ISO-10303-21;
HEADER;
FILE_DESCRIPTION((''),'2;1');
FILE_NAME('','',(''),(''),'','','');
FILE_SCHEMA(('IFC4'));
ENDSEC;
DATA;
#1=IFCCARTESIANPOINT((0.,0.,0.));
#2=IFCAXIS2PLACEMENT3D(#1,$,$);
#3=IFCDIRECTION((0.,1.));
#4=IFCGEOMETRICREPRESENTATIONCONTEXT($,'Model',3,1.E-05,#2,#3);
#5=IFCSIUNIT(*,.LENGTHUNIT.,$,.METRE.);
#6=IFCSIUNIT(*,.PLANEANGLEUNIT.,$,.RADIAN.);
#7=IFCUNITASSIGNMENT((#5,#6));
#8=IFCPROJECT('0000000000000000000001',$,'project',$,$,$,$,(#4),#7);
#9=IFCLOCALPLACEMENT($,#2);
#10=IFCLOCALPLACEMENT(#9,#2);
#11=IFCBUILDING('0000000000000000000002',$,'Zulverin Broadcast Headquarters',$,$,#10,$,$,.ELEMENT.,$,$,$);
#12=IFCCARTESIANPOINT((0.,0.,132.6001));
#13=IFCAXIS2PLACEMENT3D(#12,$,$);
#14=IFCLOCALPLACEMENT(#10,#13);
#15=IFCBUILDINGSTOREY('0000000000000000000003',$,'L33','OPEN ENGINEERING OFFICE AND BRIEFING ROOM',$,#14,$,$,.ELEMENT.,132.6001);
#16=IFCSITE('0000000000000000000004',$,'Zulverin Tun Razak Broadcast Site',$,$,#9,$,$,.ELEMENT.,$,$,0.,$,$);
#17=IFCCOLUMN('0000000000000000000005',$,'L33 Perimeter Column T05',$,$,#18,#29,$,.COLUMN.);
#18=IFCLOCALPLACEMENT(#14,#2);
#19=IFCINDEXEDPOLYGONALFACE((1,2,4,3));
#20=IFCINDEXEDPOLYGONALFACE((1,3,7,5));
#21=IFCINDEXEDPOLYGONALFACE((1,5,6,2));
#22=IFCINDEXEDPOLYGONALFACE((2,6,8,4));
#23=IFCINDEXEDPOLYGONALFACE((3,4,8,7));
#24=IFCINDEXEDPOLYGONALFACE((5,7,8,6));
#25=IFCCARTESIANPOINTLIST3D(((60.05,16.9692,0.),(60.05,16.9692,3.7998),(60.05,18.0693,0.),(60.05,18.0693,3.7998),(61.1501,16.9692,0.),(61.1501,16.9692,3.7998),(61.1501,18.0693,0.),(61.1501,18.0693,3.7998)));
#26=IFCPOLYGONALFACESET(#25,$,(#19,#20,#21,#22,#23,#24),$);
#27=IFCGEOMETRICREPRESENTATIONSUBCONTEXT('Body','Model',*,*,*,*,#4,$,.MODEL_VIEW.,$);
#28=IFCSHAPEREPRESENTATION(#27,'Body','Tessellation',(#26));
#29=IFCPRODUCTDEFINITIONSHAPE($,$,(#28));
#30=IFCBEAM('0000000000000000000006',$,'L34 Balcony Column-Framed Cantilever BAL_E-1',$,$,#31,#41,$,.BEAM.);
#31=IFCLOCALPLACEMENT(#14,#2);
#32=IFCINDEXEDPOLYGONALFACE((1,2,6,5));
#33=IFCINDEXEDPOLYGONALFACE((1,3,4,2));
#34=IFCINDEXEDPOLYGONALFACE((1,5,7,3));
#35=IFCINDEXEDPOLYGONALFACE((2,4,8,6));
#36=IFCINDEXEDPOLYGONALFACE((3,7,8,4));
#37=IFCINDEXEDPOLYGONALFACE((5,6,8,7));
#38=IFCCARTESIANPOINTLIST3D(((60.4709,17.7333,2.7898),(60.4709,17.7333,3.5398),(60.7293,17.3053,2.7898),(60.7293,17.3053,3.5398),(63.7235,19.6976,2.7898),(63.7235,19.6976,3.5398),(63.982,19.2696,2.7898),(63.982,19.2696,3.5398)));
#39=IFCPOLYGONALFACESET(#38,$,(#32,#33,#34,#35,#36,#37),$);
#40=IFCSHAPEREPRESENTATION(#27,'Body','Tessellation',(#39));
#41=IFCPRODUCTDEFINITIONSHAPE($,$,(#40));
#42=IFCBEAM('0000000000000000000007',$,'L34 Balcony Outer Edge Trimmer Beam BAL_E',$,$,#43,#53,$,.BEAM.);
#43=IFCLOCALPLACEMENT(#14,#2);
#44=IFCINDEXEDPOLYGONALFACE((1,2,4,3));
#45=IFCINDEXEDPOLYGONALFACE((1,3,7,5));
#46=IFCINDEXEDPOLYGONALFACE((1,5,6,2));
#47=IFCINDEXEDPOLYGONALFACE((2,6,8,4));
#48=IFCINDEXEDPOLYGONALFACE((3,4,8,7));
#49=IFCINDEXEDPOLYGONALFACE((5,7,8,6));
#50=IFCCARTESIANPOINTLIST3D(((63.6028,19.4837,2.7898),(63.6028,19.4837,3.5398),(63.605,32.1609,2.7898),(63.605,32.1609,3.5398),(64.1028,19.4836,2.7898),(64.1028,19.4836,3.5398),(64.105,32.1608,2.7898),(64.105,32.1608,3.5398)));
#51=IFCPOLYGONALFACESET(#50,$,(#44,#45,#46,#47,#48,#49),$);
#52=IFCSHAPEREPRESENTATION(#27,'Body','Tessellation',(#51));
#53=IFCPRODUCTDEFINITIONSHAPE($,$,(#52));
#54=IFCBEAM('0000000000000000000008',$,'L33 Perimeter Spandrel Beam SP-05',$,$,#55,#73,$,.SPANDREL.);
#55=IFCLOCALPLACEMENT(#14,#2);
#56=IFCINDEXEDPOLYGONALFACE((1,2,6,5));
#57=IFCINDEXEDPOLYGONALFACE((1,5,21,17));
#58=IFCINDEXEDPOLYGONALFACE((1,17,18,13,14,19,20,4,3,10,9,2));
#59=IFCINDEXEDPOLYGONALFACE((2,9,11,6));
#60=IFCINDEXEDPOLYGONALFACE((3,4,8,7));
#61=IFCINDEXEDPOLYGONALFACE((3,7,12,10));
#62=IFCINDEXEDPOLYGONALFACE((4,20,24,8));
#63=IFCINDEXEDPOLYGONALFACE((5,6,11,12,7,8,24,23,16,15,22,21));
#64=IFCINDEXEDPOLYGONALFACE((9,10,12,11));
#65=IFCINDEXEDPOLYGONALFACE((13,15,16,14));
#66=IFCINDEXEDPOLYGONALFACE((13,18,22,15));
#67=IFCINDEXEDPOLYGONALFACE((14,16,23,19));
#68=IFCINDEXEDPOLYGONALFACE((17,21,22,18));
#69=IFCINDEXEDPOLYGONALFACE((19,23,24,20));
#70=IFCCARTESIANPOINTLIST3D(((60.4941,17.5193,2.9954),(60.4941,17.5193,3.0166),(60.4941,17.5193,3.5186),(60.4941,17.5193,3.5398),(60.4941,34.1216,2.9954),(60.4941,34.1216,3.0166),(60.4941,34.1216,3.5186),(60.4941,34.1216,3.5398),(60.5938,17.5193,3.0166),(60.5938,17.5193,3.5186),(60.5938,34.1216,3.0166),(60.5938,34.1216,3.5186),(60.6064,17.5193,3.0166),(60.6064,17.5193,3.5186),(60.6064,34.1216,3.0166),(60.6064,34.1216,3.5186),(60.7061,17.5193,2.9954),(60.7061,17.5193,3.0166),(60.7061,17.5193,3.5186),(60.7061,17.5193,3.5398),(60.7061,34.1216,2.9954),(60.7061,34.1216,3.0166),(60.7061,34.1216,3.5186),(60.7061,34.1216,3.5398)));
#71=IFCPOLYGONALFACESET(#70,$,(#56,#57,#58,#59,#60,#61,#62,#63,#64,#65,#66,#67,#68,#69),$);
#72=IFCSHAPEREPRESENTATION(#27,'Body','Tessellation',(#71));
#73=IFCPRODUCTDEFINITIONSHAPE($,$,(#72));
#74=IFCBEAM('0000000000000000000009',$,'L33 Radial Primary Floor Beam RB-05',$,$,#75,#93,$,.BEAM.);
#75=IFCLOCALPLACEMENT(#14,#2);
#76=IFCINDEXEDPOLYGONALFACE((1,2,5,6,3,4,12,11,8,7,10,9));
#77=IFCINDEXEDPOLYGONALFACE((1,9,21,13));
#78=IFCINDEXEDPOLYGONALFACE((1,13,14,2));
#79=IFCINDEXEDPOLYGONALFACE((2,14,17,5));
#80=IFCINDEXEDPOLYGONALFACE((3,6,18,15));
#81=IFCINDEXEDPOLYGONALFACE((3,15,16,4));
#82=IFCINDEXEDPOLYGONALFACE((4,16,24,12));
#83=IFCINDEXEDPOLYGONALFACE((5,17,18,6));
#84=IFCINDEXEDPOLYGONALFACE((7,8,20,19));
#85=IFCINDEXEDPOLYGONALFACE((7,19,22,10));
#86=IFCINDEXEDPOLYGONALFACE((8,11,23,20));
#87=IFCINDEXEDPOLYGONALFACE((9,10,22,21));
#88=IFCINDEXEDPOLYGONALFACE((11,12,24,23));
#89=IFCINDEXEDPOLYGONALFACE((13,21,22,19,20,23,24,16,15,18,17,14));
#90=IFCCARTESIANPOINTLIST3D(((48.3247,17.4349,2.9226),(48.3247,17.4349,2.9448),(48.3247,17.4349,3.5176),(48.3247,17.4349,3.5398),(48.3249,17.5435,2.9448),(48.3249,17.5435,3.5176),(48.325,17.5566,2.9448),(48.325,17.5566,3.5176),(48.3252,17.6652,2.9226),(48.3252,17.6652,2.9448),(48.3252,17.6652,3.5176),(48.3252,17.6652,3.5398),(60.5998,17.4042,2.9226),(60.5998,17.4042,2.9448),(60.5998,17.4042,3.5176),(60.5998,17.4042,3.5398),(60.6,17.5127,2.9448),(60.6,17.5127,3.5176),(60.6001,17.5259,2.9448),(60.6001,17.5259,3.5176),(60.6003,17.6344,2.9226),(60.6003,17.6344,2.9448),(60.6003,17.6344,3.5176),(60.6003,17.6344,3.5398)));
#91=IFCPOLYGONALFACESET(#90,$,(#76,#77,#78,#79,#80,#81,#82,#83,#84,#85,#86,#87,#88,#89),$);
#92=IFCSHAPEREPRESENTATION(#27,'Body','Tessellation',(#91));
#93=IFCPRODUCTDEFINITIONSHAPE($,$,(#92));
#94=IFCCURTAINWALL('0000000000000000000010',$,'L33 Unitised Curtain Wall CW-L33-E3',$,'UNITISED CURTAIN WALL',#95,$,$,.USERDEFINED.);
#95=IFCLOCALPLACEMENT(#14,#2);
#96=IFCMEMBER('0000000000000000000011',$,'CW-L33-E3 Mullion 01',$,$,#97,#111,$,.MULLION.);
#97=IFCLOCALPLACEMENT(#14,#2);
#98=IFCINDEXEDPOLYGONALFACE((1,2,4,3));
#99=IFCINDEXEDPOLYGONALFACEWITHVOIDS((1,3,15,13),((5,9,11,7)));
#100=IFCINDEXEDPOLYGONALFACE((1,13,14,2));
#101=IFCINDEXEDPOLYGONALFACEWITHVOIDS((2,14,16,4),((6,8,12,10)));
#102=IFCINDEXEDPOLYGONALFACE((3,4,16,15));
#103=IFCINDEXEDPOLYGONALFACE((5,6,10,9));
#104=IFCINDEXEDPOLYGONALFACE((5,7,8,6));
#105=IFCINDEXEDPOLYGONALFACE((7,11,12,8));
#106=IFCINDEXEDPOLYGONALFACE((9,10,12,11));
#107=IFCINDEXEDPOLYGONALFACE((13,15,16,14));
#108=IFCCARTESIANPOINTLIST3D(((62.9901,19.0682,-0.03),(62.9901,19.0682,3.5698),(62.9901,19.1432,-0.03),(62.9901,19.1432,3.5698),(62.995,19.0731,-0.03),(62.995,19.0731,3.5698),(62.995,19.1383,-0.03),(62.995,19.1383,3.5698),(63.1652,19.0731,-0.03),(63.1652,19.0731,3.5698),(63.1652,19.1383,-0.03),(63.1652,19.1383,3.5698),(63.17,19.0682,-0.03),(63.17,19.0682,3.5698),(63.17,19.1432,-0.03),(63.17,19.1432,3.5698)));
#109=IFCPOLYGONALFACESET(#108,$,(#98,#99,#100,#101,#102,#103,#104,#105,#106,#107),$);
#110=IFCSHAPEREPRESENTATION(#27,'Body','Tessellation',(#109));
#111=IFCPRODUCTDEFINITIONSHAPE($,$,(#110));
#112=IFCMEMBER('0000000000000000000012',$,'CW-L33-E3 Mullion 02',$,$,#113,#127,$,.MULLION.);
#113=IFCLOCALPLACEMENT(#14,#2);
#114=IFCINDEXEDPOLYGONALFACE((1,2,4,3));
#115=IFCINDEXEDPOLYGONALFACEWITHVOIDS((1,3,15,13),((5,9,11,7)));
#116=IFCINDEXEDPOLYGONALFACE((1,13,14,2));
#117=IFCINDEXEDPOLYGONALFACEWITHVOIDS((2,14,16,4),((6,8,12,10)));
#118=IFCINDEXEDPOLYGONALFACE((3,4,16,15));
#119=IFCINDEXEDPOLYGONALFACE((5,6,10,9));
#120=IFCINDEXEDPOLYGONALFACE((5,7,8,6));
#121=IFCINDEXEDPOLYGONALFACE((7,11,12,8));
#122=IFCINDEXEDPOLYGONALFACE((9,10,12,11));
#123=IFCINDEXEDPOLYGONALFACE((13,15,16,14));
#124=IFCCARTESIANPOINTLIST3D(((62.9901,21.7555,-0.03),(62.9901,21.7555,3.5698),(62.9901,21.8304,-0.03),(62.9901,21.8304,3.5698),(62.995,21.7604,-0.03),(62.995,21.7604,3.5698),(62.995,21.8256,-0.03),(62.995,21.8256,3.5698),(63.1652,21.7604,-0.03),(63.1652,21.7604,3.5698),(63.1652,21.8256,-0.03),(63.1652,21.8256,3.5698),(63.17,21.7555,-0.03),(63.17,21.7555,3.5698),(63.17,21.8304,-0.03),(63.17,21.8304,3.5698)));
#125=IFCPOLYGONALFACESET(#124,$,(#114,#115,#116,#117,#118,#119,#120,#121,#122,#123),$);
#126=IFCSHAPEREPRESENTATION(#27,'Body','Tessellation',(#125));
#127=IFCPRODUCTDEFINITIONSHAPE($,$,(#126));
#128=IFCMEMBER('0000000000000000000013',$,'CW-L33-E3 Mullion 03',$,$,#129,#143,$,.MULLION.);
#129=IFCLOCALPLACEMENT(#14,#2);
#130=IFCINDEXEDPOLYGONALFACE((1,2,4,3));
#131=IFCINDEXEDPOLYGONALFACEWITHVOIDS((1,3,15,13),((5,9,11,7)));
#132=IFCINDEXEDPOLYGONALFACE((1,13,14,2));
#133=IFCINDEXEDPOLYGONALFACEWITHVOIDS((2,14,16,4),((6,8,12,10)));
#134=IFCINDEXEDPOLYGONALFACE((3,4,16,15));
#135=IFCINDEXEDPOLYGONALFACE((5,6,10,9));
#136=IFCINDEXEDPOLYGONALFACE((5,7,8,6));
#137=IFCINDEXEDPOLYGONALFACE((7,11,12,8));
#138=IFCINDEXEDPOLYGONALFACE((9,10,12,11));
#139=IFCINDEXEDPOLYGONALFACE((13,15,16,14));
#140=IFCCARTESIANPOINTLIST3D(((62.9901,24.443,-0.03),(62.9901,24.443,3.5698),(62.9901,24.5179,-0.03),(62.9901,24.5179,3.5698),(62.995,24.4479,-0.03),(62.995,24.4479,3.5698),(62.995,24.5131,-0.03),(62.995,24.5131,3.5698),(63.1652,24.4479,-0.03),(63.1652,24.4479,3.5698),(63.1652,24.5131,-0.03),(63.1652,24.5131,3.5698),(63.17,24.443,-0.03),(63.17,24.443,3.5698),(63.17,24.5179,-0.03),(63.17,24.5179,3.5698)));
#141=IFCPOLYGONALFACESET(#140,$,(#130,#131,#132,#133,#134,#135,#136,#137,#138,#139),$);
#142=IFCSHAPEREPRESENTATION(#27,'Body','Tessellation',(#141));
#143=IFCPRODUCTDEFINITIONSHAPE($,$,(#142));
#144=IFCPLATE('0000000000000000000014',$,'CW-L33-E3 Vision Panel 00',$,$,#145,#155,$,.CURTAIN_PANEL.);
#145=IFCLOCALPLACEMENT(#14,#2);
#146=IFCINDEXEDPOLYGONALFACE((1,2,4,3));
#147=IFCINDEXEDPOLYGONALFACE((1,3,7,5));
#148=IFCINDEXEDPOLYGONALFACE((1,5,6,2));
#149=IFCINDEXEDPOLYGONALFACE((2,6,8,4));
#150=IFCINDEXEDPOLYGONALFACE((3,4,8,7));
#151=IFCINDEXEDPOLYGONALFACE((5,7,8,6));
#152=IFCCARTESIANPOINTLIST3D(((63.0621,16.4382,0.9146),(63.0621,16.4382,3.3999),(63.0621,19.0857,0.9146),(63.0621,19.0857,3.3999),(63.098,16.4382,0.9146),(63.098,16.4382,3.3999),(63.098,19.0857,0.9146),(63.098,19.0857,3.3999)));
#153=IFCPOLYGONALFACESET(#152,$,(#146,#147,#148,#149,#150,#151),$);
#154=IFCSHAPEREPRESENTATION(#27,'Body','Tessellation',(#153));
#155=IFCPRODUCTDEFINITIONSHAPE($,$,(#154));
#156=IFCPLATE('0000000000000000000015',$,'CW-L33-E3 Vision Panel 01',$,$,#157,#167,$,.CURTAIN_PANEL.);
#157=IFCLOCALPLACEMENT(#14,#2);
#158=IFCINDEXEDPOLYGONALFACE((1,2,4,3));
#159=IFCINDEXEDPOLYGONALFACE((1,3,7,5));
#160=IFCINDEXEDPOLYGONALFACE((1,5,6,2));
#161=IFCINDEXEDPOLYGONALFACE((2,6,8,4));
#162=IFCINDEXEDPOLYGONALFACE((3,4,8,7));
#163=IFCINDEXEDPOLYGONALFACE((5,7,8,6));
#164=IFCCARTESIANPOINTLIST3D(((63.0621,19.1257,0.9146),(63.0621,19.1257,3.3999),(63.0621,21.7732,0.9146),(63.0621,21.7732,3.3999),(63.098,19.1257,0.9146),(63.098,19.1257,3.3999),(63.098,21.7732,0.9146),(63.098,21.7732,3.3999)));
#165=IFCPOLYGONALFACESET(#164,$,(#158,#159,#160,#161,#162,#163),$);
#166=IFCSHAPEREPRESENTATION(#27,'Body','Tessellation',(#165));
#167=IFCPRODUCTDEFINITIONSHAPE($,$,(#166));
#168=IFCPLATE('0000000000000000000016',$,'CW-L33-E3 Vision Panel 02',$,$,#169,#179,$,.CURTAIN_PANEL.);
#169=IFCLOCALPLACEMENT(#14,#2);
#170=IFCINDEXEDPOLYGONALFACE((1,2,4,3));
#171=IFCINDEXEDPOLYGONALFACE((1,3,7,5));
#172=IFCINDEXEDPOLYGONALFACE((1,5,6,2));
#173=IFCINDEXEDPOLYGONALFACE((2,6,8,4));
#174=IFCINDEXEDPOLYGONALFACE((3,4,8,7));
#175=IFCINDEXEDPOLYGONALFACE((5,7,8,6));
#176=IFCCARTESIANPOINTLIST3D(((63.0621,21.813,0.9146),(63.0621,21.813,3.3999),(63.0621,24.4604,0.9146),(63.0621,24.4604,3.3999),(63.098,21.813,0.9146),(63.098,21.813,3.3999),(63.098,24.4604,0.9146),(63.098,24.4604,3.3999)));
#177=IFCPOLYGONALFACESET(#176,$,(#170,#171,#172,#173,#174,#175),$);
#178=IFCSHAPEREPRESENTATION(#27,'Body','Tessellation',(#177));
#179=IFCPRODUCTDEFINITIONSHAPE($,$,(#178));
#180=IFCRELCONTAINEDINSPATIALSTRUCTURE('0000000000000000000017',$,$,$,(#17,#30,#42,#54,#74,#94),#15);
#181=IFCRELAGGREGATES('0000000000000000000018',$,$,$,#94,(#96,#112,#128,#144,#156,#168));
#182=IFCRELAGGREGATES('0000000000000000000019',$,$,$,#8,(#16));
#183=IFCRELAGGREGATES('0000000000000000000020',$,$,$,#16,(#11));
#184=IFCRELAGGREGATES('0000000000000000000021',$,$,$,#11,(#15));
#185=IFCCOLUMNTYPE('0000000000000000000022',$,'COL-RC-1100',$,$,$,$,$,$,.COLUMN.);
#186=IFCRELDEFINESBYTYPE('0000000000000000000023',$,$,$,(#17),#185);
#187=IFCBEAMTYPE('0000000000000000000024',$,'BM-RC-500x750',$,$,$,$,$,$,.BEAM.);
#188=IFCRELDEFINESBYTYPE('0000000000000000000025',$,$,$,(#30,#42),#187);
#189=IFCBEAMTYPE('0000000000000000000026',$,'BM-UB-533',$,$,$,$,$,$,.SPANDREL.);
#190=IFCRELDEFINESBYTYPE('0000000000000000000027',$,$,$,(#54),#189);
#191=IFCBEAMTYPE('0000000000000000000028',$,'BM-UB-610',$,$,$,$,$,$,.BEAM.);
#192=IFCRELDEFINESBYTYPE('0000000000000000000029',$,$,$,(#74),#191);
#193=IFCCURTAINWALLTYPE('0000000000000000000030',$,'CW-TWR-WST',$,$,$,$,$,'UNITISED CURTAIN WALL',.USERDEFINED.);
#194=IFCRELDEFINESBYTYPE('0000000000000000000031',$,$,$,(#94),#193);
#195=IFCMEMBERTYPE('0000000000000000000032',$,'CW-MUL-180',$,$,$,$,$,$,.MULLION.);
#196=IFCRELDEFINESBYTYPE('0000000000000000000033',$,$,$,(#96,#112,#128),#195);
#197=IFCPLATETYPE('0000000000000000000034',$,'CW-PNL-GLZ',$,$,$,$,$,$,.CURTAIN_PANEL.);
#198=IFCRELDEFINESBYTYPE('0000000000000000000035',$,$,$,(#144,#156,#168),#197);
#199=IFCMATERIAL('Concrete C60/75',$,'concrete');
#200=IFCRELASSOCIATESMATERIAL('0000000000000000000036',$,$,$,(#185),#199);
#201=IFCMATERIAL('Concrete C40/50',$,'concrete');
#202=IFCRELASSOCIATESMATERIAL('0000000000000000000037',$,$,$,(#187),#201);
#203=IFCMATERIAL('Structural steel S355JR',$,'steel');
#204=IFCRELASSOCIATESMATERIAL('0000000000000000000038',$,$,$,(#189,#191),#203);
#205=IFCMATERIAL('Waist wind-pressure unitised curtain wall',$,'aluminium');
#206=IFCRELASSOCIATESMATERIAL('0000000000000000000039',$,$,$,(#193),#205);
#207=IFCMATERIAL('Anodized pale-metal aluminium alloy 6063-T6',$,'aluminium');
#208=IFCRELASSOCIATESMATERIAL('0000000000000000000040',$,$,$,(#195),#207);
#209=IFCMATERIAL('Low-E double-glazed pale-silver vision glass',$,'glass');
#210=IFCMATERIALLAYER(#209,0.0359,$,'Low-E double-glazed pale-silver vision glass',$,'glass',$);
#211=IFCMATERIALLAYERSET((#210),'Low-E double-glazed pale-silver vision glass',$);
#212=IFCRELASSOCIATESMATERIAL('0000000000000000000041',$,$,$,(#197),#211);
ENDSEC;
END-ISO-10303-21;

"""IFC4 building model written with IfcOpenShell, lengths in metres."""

from ifc_helpers import new_model, si_unit, direction, frame, origin, origin_2d, place, context, subcontext, project, spatial, rectangle, hollow_rectangle, i_section, extrude, material, layer, layer_set, material_profile, profile_set, type_object, element, aggregate, save


model = new_model("IFC4")

# Units and contexts
model_context = context("Model", 3, precision=1e-05, world=origin(), true_north=direction((0.0, 1.0)))
body_context = subcontext(model_context, "Body", "Model", "MODEL_VIEW")
ifc_project = project(units=[si_unit("LENGTHUNIT", "METRE"), si_unit("PLANEANGLEUNIT", "RADIAN")], contexts=[model_context])

# Site, building, storey
site_placement = place(None, origin())
site = spatial("IfcSite", under=ifc_project, at=site_placement, Name="Zulverin Tun Razak Broadcast Site", CompositionType="ELEMENT", RefElevation=0.0)
building_placement = place(site_placement, origin())
building = spatial("IfcBuilding", under=site, at=building_placement, Name="Zulverin Broadcast Headquarters", CompositionType="ELEMENT")
storey_placement = place(building_placement, frame((0.0, 0.0, 132.6001)))
storey = spatial("IfcBuildingStorey", under=building, at=storey_placement, Name="L33", Description="OPEN ENGINEERING OFFICE AND BRIEFING ROOM", CompositionType="ELEMENT", Elevation=132.6001)

# Column
ifc_material_1 = material(Name="Concrete C60/75", Category="concrete")
ifc_material_profile_1 = material_profile(ifc_material_1, rectangle(XDim=1.1001, YDim=1.1001, at=origin_2d()), Name="Concrete C60/75", Category="concrete")
ifc_profile_set_1 = profile_set([ifc_material_profile_1], Name="Concrete C60/75")
column_type = type_object("IfcColumnType", Name="COL-RC-1100", PredefinedType="COLUMN", material=ifc_profile_set_1)
column_placement = place(storey_placement, frame((60.6001, 17.5193, 0.0), z_axis=(0.0, 0.0, 1.0), x_axis=(1.0, 0.0, 0.0)))
element("IfcColumn", 1, at=column_placement, inside=storey, type_object=column_type, Name="L33 Perimeter Column T05", PredefinedType="COLUMN", context=body_context, shape_type="SweptSolid", body=[
    extrude(rectangle(XDim=1.1001, YDim=1.1001, at=origin_2d()), origin(), (0.0, 0.0, 1.0), 3.7998),
])

# Beams
ifc_material_2 = material(Name="Concrete C40/50", Category="concrete")
ifc_material_profile_2 = material_profile(ifc_material_2, rectangle(XDim=0.5, YDim=0.75, at=origin_2d()), Name="Concrete C40/50", Category="concrete")
ifc_profile_set_2 = profile_set([ifc_material_profile_2], Name="Concrete C40/50")
beam_type_1 = type_object("IfcBeamType", Name="BM-RC-500x750", PredefinedType="BEAM", material=ifc_profile_set_2)
beam_1_placement = place(storey_placement, frame((60.6001, 17.5193, 3.1648), z_axis=(0.85601, 0.51696, 0.0), x_axis=(-0.51696, 0.85601, 0.0)))
element("IfcBeam", 2, at=beam_1_placement, inside=storey, type_object=beam_type_1, Name="L34 Balcony Column-Framed Cantilever BAL_E-1", PredefinedType="BEAM", context=body_context, shape_type="SweptSolid", body=[
    extrude(rectangle(XDim=0.5, YDim=0.75, at=origin_2d()), origin(), (0.0, 0.0, 1.0), 3.7998),
])
beam_2_placement = place(storey_placement, frame((63.8528, 19.4836, 3.1648), z_axis=(0.000173, 1.0, 0.0), x_axis=(-1.0, 0.000173, 0.0)))
element("IfcBeam", 3, at=beam_2_placement, inside=storey, type_object=beam_type_1, Name="L34 Balcony Outer Edge Trimmer Beam BAL_E", PredefinedType="BEAM", context=body_context, shape_type="SweptSolid", body=[
    extrude(rectangle(XDim=0.5, YDim=0.75, at=origin_2d()), origin(), (0.0, 0.0, 1.0), 12.6772),
])
ifc_material_3 = material(Name="Structural steel S355JR", Category="steel")
ifc_material_profile_3 = material_profile(ifc_material_3, i_section(OverallWidth=0.2119, OverallDepth=0.5444, WebThickness=0.0127, FlangeThickness=0.0212, at=origin_2d()), Name="Structural steel S355JR", Category="steel")
ifc_profile_set_3 = profile_set([ifc_material_profile_3], Name="Structural steel S355JR")
beam_type_2 = type_object("IfcBeamType", Name="BM-UB-533", PredefinedType="SPANDREL", material=ifc_profile_set_3)
beam_3_placement = place(storey_placement, frame((60.6001, 17.5193, 3.2676), z_axis=(0.0, 1.0, 0.0), x_axis=(-1.0, 0.0, 0.0)))
element("IfcBeam", 4, at=beam_3_placement, inside=storey, type_object=beam_type_2, Name="L33 Perimeter Spandrel Beam SP-05", PredefinedType="SPANDREL", context=body_context, shape_type="SweptSolid", body=[
    extrude(i_section(OverallWidth=0.2119, OverallDepth=0.5444, WebThickness=0.0127, FlangeThickness=0.0212, at=origin_2d()), origin(), (0.0, 0.0, 1.0), 16.6023),
])
ifc_material_profile_4 = material_profile(ifc_material_3, i_section(OverallWidth=0.2302, OverallDepth=0.6172, WebThickness=0.0132, FlangeThickness=0.0222, at=origin_2d()), Name="Structural steel S355JR", Category="steel")
ifc_profile_set_4 = profile_set([ifc_material_profile_4], Name="Structural steel S355JR")
beam_type_3 = type_object("IfcBeamType", Name="BM-UB-610", PredefinedType="BEAM", material=ifc_profile_set_4)
beam_4_placement = place(storey_placement, frame((48.325, 17.55, 3.2312), z_axis=(0.999997, -0.002506, 0.0), x_axis=(0.002506, 0.999997, 0.0)))
element("IfcBeam", 5, at=beam_4_placement, inside=storey, type_object=beam_type_3, Name="L33 Radial Primary Floor Beam RB-05", PredefinedType="BEAM", context=body_context, shape_type="SweptSolid", body=[
    extrude(i_section(OverallWidth=0.2302, OverallDepth=0.6172, WebThickness=0.0132, FlangeThickness=0.0222, at=origin_2d()), origin(), (0.0, 0.0, 1.0), 12.2751),
])

# Curtain wall, members, plates
ifc_material_4 = material(Name="Waist wind-pressure unitised curtain wall", Category="aluminium")
curtain_wall_type = type_object("IfcCurtainWallType", Name="CW-TWR-WST", ElementType="UNITISED CURTAIN WALL", PredefinedType="USERDEFINED", material=ifc_material_4)
curtain_wall_placement = place(storey_placement, origin())
curtain_wall = element("IfcCurtainWall", 6, at=curtain_wall_placement, inside=storey, type_object=curtain_wall_type, Name="L33 Unitised Curtain Wall CW-L33-E3", ObjectType="UNITISED CURTAIN WALL", PredefinedType="USERDEFINED")
ifc_material_5 = material(Name="Anodized pale-metal aluminium alloy 6063-T6", Category="aluminium")
ifc_material_profile_5 = material_profile(ifc_material_5, hollow_rectangle(XDim=0.075, YDim=0.1799, WallThickness=0.0049, at=origin_2d()), Name="Anodized pale-metal aluminium alloy 6063-T6", Category="aluminium")
ifc_profile_set_5 = profile_set([ifc_material_profile_5], Name="Anodized pale-metal aluminium alloy 6063-T6")
member_type = type_object("IfcMemberType", Name="CW-MUL-180", PredefinedType="MULLION", material=ifc_profile_set_5)
member_1_placement = place(storey_placement, frame((63.0801, 19.1057, -0.03), z_axis=(0.0, 0.0, 1.0), x_axis=(0.0, 1.0, 0.0)))
member_1 = element("IfcMember", 7, at=member_1_placement, type_object=member_type, Name="CW-L33-E3 Mullion 01", PredefinedType="MULLION", context=body_context, shape_type="SweptSolid", body=[
    extrude(hollow_rectangle(XDim=0.075, YDim=0.1799, WallThickness=0.0049, at=origin_2d()), origin(), (0.0, 0.0, 1.0), 3.5999),
])
member_2_placement = place(storey_placement, frame((63.0801, 21.793, -0.03), z_axis=(0.0, 0.0, 1.0), x_axis=(0.0, 1.0, 0.0)))
member_2 = element("IfcMember", 8, at=member_2_placement, type_object=member_type, Name="CW-L33-E3 Mullion 02", PredefinedType="MULLION", context=body_context, shape_type="SweptSolid", body=[
    extrude(hollow_rectangle(XDim=0.075, YDim=0.1799, WallThickness=0.0049, at=origin_2d()), origin(), (0.0, 0.0, 1.0), 3.5999),
])
member_3_placement = place(storey_placement, frame((63.0801, 24.4805, -0.03), z_axis=(0.0, 0.0, 1.0), x_axis=(0.0, 1.0, 0.0)))
member_3 = element("IfcMember", 9, at=member_3_placement, type_object=member_type, Name="CW-L33-E3 Mullion 03", PredefinedType="MULLION", context=body_context, shape_type="SweptSolid", body=[
    extrude(hollow_rectangle(XDim=0.075, YDim=0.1799, WallThickness=0.0049, at=origin_2d()), origin(), (0.0, 0.0, 1.0), 3.5999),
])
ifc_material_6 = material(Name="Low-E double-glazed pale-silver vision glass", Category="glass")
ifc_layer_1 = layer(ifc_material_6, 0.0359, Name="Low-E double-glazed pale-silver vision glass", Category="glass")
ifc_layer_set_1 = layer_set([ifc_layer_1], Name="Low-E double-glazed pale-silver vision glass")
plate_type_1 = type_object("IfcPlateType", Name="CW-PNL-GLZ", PredefinedType="CURTAIN_PANEL", material=ifc_layer_set_1)
plate_1_placement = place(storey_placement, frame((63.0801, 17.762, 0.9146), z_axis=(0.0, 0.0, 1.0), x_axis=(0.0, 1.0, 0.0)))
plate_1 = element("IfcPlate", 10, at=plate_1_placement, type_object=plate_type_1, Name="CW-L33-E3 Vision Panel 00", PredefinedType="CURTAIN_PANEL", context=body_context, shape_type="SweptSolid", body=[
    extrude(rectangle(XDim=2.6475, YDim=0.0359, at=origin_2d()), origin(), (0.0, 0.0, 1.0), 2.4854),
])
plate_2_placement = place(storey_placement, frame((63.0801, 20.4495, 0.9146), z_axis=(0.0, 0.0, 1.0), x_axis=(0.0, 1.0, 0.0)))
plate_2 = element("IfcPlate", 11, at=plate_2_placement, type_object=plate_type_1, Name="CW-L33-E3 Vision Panel 01", PredefinedType="CURTAIN_PANEL", context=body_context, shape_type="SweptSolid", body=[
    extrude(rectangle(XDim=2.6475, YDim=0.0359, at=origin_2d()), origin(), (0.0, 0.0, 1.0), 2.4854),
])
plate_3_placement = place(storey_placement, frame((63.0801, 23.1367, 0.9146), z_axis=(0.0, 0.0, 1.0), x_axis=(0.0, 1.0, 0.0)))
plate_3 = element("IfcPlate", 12, at=plate_3_placement, type_object=plate_type_1, Name="CW-L33-E3 Vision Panel 02", PredefinedType="CURTAIN_PANEL", context=body_context, shape_type="SweptSolid", body=[
    extrude(rectangle(XDim=2.6475, YDim=0.0359, at=origin_2d()), origin(), (0.0, 0.0, 1.0), 2.4854),
])
aggregate(curtain_wall, [member_1, member_2, member_3, plate_1, plate_2, plate_3])

save(model, "model.ifc")
